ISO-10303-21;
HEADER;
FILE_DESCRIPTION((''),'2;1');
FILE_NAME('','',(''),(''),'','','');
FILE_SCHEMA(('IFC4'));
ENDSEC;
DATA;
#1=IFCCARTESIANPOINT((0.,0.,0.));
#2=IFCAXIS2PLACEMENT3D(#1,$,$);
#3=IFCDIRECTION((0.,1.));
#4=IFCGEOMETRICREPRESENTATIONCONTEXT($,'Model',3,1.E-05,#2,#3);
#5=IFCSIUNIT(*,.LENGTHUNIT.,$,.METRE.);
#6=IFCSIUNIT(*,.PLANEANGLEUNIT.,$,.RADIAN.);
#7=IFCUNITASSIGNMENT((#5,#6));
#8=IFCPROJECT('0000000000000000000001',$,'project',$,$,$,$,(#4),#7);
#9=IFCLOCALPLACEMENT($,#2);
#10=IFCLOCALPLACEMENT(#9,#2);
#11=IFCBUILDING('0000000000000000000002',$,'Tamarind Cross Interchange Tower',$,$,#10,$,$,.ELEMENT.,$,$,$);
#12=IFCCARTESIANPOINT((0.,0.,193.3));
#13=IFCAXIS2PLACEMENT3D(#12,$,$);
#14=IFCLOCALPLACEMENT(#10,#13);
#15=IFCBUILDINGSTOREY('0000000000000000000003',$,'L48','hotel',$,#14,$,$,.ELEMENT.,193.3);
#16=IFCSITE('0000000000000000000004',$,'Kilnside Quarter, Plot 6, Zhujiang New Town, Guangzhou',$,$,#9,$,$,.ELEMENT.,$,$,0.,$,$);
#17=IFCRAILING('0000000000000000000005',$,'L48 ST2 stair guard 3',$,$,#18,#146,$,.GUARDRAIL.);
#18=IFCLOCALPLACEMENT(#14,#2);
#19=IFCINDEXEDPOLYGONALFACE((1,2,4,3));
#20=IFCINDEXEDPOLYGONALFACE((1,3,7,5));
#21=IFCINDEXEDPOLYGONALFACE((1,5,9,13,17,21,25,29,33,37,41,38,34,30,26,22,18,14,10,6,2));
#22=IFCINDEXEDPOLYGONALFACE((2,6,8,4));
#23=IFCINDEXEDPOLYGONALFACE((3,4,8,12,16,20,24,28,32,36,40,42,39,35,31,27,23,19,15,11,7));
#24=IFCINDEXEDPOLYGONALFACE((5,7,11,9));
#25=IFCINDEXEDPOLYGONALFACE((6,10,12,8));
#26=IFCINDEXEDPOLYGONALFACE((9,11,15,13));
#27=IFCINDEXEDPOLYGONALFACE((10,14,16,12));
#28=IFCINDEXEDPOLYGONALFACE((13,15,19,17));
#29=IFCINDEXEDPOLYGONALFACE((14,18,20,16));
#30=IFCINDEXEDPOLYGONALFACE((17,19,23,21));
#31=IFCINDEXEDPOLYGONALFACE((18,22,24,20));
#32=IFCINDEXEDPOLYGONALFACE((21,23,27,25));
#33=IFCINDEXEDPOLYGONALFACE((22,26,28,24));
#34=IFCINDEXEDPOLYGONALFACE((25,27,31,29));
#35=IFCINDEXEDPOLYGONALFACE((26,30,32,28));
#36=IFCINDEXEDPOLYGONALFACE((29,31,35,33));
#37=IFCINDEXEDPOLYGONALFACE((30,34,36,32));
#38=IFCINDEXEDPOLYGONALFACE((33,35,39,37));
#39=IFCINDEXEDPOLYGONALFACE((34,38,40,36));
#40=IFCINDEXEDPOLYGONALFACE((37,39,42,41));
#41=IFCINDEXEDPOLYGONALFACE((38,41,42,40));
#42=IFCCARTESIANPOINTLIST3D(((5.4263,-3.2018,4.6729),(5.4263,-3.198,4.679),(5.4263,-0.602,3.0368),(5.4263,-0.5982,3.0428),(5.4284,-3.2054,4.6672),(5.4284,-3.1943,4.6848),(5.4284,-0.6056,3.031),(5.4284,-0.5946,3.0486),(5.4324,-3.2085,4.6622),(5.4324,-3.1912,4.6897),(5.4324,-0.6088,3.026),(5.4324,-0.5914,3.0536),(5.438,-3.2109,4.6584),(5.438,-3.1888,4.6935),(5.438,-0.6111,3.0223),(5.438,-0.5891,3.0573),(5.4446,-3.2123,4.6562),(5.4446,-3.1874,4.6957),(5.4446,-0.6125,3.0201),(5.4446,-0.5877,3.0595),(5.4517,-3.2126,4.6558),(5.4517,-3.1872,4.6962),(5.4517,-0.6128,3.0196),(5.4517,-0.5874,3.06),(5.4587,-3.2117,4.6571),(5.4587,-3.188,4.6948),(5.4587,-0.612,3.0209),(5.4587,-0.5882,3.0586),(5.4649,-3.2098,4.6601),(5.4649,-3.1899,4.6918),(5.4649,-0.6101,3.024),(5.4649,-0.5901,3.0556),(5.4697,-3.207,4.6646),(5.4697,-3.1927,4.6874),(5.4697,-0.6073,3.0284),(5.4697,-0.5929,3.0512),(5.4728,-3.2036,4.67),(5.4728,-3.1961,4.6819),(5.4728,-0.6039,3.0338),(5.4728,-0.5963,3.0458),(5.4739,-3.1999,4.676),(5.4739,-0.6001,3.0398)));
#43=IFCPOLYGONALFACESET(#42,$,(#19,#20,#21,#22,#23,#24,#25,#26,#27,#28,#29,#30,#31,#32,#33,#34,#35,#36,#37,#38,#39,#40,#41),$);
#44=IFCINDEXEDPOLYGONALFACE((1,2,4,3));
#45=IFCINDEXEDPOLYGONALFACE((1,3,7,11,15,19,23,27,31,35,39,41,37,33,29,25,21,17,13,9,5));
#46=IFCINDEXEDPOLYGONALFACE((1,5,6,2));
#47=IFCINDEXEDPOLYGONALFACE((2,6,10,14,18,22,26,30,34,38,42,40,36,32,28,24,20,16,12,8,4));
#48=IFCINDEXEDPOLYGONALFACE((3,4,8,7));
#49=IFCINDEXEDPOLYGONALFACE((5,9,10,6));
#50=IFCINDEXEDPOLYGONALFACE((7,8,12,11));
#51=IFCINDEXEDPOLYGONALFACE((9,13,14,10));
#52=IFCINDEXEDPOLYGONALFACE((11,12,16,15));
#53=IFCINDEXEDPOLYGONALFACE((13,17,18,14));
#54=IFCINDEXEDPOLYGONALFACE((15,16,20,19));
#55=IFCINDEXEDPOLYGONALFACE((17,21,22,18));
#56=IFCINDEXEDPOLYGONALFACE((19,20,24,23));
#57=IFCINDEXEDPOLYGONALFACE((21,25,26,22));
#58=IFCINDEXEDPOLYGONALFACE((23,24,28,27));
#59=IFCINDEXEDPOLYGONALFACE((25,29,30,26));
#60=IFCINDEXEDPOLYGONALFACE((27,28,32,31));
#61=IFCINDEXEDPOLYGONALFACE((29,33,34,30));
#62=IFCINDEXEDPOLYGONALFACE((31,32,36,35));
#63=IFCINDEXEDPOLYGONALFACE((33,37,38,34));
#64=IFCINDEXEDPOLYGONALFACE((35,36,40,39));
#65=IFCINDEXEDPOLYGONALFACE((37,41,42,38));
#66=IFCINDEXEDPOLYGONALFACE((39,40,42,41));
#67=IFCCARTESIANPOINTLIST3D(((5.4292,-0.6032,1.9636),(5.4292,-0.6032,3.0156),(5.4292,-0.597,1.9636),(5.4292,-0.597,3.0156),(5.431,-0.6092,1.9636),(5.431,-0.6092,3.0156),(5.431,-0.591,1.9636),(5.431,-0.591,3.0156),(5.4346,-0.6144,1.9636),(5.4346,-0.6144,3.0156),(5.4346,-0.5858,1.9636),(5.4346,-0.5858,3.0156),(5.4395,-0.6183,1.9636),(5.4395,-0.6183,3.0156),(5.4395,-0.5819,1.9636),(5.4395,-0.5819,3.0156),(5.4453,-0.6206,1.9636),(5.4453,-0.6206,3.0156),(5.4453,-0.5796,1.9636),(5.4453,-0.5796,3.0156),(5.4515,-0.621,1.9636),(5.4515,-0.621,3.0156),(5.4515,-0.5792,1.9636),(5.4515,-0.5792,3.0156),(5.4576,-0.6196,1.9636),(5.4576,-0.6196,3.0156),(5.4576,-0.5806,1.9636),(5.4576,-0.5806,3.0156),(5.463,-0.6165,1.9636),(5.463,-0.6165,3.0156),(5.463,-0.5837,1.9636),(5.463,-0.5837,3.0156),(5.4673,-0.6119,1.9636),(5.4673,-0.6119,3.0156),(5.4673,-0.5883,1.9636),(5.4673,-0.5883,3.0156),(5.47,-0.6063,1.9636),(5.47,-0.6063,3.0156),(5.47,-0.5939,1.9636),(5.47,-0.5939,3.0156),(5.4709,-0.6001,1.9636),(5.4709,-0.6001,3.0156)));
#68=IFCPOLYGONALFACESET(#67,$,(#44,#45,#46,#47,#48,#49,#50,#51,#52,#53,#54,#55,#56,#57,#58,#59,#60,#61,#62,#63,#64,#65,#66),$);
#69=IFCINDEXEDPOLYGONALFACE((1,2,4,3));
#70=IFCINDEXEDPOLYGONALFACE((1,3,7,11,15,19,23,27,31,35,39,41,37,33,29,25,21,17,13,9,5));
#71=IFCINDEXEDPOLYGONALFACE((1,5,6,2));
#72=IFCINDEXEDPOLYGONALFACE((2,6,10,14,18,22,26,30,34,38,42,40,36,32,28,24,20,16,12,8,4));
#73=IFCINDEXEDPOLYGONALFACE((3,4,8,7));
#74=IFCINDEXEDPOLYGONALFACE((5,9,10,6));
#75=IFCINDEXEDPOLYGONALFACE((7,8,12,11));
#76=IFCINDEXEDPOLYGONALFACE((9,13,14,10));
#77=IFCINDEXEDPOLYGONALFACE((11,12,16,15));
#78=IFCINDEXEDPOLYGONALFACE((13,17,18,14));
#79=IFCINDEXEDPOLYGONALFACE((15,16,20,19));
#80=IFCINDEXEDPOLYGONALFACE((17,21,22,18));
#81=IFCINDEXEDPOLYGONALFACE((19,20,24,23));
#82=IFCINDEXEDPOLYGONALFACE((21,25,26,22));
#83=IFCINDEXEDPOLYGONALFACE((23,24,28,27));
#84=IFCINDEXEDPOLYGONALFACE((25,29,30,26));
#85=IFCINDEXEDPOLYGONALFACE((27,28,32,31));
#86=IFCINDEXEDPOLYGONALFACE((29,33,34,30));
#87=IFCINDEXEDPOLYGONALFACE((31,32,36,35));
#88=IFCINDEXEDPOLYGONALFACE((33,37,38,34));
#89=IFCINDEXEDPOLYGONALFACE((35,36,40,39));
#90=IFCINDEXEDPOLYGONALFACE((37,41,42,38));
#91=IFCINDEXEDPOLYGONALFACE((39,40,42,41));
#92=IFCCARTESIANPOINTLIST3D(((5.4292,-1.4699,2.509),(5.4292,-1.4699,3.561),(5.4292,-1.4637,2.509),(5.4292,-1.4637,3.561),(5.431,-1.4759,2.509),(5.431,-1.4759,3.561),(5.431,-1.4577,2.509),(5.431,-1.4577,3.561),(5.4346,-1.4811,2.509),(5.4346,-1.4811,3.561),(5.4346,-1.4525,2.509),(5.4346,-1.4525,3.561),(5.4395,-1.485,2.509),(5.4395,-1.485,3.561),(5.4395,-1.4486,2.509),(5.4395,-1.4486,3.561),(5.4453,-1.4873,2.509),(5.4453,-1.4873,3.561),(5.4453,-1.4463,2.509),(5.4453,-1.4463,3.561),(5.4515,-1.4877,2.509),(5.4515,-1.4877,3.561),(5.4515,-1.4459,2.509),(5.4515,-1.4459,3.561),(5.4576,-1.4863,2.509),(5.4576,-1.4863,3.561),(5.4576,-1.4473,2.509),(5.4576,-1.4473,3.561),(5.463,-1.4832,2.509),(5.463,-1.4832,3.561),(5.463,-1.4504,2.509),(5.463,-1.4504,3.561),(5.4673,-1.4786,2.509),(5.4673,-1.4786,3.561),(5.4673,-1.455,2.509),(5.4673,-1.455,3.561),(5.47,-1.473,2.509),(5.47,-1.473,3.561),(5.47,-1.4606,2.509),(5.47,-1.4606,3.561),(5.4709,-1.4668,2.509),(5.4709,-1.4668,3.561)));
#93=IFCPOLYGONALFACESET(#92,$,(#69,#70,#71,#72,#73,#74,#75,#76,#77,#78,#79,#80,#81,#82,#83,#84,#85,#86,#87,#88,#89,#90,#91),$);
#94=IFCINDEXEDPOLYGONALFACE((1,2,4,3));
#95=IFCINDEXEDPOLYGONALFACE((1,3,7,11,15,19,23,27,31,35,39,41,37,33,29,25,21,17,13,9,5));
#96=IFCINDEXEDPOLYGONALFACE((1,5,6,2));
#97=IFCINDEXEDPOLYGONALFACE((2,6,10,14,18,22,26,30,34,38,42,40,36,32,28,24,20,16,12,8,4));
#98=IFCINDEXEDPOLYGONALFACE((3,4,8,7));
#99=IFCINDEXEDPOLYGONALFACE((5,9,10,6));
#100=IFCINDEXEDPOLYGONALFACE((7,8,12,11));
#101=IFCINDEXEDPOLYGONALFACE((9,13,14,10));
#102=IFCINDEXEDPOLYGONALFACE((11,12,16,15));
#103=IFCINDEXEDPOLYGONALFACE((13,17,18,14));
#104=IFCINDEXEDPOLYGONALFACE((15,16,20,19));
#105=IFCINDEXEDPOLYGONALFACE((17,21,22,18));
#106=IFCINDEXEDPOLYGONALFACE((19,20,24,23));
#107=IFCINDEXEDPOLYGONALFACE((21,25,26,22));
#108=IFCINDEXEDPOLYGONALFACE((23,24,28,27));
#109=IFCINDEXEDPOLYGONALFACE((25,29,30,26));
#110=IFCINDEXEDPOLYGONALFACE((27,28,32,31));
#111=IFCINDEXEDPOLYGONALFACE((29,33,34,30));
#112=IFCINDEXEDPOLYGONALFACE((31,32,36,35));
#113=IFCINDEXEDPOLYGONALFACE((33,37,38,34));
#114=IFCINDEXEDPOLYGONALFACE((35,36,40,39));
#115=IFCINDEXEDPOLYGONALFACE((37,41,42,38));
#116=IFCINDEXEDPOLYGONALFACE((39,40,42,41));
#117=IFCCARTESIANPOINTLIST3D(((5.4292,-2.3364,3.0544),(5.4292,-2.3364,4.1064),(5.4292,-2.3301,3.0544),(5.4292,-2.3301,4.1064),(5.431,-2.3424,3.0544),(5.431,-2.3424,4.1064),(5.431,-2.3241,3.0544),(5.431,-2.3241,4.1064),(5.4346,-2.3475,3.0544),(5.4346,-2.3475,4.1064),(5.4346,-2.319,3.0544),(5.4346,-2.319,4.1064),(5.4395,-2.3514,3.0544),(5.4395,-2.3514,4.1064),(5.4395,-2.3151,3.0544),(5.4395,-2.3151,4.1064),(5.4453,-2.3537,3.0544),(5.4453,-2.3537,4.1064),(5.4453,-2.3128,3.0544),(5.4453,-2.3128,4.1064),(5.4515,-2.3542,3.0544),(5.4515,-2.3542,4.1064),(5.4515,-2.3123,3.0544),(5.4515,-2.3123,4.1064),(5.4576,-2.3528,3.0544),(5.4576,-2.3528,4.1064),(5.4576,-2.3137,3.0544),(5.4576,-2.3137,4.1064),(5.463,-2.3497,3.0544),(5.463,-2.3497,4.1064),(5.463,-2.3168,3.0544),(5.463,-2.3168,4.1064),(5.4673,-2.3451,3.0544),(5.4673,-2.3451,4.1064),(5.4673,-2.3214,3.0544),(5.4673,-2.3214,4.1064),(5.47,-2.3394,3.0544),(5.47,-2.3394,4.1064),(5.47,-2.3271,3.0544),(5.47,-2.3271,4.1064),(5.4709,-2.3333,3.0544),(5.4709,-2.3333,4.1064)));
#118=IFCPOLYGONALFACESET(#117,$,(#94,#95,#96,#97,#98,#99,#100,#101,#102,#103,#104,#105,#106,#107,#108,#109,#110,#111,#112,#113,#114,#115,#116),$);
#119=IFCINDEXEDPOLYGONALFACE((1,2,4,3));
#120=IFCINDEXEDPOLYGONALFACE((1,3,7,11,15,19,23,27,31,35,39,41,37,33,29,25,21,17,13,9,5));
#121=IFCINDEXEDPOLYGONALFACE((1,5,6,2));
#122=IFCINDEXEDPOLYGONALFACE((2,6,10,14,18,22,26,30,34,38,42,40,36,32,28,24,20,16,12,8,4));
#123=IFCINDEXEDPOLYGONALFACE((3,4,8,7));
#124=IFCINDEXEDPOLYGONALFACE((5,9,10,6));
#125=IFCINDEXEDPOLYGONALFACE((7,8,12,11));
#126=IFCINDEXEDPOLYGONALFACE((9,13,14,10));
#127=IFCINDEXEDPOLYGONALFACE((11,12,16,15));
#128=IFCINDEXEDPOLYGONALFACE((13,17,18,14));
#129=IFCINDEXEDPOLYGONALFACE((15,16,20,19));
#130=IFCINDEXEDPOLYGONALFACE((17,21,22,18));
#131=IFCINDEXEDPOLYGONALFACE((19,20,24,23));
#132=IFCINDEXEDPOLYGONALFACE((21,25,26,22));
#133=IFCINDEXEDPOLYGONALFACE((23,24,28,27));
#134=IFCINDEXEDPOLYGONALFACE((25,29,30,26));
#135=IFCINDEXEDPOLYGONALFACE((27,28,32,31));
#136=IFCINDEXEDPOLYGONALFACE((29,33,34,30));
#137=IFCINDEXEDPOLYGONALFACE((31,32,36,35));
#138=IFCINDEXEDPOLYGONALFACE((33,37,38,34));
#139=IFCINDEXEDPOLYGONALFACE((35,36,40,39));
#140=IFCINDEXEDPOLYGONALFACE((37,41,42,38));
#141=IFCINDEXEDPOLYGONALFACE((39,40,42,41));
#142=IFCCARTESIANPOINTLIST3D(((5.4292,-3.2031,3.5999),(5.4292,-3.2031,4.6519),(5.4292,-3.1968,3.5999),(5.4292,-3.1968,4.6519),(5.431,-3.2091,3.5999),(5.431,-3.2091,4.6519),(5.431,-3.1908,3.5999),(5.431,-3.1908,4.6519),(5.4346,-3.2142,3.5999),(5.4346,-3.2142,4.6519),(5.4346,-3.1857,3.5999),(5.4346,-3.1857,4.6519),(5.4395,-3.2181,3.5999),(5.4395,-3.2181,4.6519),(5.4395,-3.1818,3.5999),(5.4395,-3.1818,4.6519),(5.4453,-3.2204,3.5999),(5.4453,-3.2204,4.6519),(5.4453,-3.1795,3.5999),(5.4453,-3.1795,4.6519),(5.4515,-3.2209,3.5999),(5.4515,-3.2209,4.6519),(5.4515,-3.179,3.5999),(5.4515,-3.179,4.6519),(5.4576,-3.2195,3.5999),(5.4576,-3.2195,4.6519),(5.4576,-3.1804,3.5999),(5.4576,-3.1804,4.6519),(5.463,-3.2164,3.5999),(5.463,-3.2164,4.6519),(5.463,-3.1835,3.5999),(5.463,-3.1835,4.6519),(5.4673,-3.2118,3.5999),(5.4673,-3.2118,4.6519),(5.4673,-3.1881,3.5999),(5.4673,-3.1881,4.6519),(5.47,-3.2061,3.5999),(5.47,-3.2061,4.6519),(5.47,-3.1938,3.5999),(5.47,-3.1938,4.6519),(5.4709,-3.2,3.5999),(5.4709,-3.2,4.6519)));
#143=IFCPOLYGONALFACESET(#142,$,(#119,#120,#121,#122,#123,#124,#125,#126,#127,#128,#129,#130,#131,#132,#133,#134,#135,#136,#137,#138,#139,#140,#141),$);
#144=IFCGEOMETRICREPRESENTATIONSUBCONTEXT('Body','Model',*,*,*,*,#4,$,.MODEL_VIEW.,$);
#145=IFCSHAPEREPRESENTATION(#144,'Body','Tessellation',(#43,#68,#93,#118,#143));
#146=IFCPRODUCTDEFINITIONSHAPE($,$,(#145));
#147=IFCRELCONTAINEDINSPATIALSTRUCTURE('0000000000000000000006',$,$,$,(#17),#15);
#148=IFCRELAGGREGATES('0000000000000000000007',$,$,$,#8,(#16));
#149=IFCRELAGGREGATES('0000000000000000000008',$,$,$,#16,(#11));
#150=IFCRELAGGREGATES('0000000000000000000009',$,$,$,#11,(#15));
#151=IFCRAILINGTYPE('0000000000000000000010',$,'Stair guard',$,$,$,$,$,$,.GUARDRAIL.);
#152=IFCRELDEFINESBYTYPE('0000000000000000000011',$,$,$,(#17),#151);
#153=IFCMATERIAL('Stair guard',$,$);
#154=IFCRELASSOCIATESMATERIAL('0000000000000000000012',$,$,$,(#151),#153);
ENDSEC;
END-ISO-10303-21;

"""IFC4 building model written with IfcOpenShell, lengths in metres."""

from ifc_helpers import new_model, si_unit, direction, frame, origin, origin_2d, place, context, subcontext, project, spatial, circle, extrude, material, type_object, element, save


model = new_model("IFC4")

# Units and contexts
model_context = context("Model", 3, precision=1e-05, world=origin(), true_north=direction((0.0, 1.0)))
body_context = subcontext(model_context, "Body", "Model", "MODEL_VIEW")
ifc_project = project(units=[si_unit("LENGTHUNIT", "METRE"), si_unit("PLANEANGLEUNIT", "RADIAN")], contexts=[model_context])

# Site, building, storey
site_placement = place(None, origin())
site = spatial("IfcSite", under=ifc_project, at=site_placement, Name="Kilnside Quarter, Plot 6, Zhujiang New Town, Guangzhou", CompositionType="ELEMENT", RefElevation=0.0)
building_placement = place(site_placement, origin())
building = spatial("IfcBuilding", under=site, at=building_placement, Name="Tamarind Cross Interchange Tower", CompositionType="ELEMENT")
storey_placement = place(building_placement, frame((0.0, 0.0, 193.3)))
storey = spatial("IfcBuildingStorey", under=building, at=storey_placement, Name="L48", Description="hotel", CompositionType="ELEMENT", Elevation=193.3)

# Railing
ifc_material_1 = material(Name="Stair guard")
railing_type_1 = type_object("IfcRailingType", Name="Stair guard", PredefinedType="GUARDRAIL", material=ifc_material_1)
railing_1_placement = place(storey_placement, frame((5.45, -0.6001, 1.9636)))
element("IfcRailing", 1, at=railing_1_placement, inside=storey, type_object=railing_type_1, Name="L48 ST2 stair guard 3", PredefinedType="GUARDRAIL", context=body_context, shape_type="SweptSolid", body=[
    extrude(circle(Radius=0.0239, at=origin_2d()), frame((0.0, 0.0, 1.0762), z_axis=(0.0, -0.846338, 0.532647), x_axis=(1.0, 0.0, 0.0)), (0.0, 0.0, 1.0), 3.0718),
    extrude(circle(Radius=0.021, at=origin_2d()), origin(), (0.0, 0.0, 1.0), 1.052),
    extrude(circle(Radius=0.021, at=origin_2d()), frame((0.0, -0.8667, 0.5454)), (0.0, 0.0, 1.0), 1.052),
    extrude(circle(Radius=0.021, at=origin_2d()), frame((0.0, -1.7332, 1.0908)), (0.0, 0.0, 1.0), 1.052),
    extrude(circle(Radius=0.021, at=origin_2d()), frame((0.0, -2.5999, 1.6362)), (0.0, 0.0, 1.0), 1.052),
])

save(model, "model.ifc")
